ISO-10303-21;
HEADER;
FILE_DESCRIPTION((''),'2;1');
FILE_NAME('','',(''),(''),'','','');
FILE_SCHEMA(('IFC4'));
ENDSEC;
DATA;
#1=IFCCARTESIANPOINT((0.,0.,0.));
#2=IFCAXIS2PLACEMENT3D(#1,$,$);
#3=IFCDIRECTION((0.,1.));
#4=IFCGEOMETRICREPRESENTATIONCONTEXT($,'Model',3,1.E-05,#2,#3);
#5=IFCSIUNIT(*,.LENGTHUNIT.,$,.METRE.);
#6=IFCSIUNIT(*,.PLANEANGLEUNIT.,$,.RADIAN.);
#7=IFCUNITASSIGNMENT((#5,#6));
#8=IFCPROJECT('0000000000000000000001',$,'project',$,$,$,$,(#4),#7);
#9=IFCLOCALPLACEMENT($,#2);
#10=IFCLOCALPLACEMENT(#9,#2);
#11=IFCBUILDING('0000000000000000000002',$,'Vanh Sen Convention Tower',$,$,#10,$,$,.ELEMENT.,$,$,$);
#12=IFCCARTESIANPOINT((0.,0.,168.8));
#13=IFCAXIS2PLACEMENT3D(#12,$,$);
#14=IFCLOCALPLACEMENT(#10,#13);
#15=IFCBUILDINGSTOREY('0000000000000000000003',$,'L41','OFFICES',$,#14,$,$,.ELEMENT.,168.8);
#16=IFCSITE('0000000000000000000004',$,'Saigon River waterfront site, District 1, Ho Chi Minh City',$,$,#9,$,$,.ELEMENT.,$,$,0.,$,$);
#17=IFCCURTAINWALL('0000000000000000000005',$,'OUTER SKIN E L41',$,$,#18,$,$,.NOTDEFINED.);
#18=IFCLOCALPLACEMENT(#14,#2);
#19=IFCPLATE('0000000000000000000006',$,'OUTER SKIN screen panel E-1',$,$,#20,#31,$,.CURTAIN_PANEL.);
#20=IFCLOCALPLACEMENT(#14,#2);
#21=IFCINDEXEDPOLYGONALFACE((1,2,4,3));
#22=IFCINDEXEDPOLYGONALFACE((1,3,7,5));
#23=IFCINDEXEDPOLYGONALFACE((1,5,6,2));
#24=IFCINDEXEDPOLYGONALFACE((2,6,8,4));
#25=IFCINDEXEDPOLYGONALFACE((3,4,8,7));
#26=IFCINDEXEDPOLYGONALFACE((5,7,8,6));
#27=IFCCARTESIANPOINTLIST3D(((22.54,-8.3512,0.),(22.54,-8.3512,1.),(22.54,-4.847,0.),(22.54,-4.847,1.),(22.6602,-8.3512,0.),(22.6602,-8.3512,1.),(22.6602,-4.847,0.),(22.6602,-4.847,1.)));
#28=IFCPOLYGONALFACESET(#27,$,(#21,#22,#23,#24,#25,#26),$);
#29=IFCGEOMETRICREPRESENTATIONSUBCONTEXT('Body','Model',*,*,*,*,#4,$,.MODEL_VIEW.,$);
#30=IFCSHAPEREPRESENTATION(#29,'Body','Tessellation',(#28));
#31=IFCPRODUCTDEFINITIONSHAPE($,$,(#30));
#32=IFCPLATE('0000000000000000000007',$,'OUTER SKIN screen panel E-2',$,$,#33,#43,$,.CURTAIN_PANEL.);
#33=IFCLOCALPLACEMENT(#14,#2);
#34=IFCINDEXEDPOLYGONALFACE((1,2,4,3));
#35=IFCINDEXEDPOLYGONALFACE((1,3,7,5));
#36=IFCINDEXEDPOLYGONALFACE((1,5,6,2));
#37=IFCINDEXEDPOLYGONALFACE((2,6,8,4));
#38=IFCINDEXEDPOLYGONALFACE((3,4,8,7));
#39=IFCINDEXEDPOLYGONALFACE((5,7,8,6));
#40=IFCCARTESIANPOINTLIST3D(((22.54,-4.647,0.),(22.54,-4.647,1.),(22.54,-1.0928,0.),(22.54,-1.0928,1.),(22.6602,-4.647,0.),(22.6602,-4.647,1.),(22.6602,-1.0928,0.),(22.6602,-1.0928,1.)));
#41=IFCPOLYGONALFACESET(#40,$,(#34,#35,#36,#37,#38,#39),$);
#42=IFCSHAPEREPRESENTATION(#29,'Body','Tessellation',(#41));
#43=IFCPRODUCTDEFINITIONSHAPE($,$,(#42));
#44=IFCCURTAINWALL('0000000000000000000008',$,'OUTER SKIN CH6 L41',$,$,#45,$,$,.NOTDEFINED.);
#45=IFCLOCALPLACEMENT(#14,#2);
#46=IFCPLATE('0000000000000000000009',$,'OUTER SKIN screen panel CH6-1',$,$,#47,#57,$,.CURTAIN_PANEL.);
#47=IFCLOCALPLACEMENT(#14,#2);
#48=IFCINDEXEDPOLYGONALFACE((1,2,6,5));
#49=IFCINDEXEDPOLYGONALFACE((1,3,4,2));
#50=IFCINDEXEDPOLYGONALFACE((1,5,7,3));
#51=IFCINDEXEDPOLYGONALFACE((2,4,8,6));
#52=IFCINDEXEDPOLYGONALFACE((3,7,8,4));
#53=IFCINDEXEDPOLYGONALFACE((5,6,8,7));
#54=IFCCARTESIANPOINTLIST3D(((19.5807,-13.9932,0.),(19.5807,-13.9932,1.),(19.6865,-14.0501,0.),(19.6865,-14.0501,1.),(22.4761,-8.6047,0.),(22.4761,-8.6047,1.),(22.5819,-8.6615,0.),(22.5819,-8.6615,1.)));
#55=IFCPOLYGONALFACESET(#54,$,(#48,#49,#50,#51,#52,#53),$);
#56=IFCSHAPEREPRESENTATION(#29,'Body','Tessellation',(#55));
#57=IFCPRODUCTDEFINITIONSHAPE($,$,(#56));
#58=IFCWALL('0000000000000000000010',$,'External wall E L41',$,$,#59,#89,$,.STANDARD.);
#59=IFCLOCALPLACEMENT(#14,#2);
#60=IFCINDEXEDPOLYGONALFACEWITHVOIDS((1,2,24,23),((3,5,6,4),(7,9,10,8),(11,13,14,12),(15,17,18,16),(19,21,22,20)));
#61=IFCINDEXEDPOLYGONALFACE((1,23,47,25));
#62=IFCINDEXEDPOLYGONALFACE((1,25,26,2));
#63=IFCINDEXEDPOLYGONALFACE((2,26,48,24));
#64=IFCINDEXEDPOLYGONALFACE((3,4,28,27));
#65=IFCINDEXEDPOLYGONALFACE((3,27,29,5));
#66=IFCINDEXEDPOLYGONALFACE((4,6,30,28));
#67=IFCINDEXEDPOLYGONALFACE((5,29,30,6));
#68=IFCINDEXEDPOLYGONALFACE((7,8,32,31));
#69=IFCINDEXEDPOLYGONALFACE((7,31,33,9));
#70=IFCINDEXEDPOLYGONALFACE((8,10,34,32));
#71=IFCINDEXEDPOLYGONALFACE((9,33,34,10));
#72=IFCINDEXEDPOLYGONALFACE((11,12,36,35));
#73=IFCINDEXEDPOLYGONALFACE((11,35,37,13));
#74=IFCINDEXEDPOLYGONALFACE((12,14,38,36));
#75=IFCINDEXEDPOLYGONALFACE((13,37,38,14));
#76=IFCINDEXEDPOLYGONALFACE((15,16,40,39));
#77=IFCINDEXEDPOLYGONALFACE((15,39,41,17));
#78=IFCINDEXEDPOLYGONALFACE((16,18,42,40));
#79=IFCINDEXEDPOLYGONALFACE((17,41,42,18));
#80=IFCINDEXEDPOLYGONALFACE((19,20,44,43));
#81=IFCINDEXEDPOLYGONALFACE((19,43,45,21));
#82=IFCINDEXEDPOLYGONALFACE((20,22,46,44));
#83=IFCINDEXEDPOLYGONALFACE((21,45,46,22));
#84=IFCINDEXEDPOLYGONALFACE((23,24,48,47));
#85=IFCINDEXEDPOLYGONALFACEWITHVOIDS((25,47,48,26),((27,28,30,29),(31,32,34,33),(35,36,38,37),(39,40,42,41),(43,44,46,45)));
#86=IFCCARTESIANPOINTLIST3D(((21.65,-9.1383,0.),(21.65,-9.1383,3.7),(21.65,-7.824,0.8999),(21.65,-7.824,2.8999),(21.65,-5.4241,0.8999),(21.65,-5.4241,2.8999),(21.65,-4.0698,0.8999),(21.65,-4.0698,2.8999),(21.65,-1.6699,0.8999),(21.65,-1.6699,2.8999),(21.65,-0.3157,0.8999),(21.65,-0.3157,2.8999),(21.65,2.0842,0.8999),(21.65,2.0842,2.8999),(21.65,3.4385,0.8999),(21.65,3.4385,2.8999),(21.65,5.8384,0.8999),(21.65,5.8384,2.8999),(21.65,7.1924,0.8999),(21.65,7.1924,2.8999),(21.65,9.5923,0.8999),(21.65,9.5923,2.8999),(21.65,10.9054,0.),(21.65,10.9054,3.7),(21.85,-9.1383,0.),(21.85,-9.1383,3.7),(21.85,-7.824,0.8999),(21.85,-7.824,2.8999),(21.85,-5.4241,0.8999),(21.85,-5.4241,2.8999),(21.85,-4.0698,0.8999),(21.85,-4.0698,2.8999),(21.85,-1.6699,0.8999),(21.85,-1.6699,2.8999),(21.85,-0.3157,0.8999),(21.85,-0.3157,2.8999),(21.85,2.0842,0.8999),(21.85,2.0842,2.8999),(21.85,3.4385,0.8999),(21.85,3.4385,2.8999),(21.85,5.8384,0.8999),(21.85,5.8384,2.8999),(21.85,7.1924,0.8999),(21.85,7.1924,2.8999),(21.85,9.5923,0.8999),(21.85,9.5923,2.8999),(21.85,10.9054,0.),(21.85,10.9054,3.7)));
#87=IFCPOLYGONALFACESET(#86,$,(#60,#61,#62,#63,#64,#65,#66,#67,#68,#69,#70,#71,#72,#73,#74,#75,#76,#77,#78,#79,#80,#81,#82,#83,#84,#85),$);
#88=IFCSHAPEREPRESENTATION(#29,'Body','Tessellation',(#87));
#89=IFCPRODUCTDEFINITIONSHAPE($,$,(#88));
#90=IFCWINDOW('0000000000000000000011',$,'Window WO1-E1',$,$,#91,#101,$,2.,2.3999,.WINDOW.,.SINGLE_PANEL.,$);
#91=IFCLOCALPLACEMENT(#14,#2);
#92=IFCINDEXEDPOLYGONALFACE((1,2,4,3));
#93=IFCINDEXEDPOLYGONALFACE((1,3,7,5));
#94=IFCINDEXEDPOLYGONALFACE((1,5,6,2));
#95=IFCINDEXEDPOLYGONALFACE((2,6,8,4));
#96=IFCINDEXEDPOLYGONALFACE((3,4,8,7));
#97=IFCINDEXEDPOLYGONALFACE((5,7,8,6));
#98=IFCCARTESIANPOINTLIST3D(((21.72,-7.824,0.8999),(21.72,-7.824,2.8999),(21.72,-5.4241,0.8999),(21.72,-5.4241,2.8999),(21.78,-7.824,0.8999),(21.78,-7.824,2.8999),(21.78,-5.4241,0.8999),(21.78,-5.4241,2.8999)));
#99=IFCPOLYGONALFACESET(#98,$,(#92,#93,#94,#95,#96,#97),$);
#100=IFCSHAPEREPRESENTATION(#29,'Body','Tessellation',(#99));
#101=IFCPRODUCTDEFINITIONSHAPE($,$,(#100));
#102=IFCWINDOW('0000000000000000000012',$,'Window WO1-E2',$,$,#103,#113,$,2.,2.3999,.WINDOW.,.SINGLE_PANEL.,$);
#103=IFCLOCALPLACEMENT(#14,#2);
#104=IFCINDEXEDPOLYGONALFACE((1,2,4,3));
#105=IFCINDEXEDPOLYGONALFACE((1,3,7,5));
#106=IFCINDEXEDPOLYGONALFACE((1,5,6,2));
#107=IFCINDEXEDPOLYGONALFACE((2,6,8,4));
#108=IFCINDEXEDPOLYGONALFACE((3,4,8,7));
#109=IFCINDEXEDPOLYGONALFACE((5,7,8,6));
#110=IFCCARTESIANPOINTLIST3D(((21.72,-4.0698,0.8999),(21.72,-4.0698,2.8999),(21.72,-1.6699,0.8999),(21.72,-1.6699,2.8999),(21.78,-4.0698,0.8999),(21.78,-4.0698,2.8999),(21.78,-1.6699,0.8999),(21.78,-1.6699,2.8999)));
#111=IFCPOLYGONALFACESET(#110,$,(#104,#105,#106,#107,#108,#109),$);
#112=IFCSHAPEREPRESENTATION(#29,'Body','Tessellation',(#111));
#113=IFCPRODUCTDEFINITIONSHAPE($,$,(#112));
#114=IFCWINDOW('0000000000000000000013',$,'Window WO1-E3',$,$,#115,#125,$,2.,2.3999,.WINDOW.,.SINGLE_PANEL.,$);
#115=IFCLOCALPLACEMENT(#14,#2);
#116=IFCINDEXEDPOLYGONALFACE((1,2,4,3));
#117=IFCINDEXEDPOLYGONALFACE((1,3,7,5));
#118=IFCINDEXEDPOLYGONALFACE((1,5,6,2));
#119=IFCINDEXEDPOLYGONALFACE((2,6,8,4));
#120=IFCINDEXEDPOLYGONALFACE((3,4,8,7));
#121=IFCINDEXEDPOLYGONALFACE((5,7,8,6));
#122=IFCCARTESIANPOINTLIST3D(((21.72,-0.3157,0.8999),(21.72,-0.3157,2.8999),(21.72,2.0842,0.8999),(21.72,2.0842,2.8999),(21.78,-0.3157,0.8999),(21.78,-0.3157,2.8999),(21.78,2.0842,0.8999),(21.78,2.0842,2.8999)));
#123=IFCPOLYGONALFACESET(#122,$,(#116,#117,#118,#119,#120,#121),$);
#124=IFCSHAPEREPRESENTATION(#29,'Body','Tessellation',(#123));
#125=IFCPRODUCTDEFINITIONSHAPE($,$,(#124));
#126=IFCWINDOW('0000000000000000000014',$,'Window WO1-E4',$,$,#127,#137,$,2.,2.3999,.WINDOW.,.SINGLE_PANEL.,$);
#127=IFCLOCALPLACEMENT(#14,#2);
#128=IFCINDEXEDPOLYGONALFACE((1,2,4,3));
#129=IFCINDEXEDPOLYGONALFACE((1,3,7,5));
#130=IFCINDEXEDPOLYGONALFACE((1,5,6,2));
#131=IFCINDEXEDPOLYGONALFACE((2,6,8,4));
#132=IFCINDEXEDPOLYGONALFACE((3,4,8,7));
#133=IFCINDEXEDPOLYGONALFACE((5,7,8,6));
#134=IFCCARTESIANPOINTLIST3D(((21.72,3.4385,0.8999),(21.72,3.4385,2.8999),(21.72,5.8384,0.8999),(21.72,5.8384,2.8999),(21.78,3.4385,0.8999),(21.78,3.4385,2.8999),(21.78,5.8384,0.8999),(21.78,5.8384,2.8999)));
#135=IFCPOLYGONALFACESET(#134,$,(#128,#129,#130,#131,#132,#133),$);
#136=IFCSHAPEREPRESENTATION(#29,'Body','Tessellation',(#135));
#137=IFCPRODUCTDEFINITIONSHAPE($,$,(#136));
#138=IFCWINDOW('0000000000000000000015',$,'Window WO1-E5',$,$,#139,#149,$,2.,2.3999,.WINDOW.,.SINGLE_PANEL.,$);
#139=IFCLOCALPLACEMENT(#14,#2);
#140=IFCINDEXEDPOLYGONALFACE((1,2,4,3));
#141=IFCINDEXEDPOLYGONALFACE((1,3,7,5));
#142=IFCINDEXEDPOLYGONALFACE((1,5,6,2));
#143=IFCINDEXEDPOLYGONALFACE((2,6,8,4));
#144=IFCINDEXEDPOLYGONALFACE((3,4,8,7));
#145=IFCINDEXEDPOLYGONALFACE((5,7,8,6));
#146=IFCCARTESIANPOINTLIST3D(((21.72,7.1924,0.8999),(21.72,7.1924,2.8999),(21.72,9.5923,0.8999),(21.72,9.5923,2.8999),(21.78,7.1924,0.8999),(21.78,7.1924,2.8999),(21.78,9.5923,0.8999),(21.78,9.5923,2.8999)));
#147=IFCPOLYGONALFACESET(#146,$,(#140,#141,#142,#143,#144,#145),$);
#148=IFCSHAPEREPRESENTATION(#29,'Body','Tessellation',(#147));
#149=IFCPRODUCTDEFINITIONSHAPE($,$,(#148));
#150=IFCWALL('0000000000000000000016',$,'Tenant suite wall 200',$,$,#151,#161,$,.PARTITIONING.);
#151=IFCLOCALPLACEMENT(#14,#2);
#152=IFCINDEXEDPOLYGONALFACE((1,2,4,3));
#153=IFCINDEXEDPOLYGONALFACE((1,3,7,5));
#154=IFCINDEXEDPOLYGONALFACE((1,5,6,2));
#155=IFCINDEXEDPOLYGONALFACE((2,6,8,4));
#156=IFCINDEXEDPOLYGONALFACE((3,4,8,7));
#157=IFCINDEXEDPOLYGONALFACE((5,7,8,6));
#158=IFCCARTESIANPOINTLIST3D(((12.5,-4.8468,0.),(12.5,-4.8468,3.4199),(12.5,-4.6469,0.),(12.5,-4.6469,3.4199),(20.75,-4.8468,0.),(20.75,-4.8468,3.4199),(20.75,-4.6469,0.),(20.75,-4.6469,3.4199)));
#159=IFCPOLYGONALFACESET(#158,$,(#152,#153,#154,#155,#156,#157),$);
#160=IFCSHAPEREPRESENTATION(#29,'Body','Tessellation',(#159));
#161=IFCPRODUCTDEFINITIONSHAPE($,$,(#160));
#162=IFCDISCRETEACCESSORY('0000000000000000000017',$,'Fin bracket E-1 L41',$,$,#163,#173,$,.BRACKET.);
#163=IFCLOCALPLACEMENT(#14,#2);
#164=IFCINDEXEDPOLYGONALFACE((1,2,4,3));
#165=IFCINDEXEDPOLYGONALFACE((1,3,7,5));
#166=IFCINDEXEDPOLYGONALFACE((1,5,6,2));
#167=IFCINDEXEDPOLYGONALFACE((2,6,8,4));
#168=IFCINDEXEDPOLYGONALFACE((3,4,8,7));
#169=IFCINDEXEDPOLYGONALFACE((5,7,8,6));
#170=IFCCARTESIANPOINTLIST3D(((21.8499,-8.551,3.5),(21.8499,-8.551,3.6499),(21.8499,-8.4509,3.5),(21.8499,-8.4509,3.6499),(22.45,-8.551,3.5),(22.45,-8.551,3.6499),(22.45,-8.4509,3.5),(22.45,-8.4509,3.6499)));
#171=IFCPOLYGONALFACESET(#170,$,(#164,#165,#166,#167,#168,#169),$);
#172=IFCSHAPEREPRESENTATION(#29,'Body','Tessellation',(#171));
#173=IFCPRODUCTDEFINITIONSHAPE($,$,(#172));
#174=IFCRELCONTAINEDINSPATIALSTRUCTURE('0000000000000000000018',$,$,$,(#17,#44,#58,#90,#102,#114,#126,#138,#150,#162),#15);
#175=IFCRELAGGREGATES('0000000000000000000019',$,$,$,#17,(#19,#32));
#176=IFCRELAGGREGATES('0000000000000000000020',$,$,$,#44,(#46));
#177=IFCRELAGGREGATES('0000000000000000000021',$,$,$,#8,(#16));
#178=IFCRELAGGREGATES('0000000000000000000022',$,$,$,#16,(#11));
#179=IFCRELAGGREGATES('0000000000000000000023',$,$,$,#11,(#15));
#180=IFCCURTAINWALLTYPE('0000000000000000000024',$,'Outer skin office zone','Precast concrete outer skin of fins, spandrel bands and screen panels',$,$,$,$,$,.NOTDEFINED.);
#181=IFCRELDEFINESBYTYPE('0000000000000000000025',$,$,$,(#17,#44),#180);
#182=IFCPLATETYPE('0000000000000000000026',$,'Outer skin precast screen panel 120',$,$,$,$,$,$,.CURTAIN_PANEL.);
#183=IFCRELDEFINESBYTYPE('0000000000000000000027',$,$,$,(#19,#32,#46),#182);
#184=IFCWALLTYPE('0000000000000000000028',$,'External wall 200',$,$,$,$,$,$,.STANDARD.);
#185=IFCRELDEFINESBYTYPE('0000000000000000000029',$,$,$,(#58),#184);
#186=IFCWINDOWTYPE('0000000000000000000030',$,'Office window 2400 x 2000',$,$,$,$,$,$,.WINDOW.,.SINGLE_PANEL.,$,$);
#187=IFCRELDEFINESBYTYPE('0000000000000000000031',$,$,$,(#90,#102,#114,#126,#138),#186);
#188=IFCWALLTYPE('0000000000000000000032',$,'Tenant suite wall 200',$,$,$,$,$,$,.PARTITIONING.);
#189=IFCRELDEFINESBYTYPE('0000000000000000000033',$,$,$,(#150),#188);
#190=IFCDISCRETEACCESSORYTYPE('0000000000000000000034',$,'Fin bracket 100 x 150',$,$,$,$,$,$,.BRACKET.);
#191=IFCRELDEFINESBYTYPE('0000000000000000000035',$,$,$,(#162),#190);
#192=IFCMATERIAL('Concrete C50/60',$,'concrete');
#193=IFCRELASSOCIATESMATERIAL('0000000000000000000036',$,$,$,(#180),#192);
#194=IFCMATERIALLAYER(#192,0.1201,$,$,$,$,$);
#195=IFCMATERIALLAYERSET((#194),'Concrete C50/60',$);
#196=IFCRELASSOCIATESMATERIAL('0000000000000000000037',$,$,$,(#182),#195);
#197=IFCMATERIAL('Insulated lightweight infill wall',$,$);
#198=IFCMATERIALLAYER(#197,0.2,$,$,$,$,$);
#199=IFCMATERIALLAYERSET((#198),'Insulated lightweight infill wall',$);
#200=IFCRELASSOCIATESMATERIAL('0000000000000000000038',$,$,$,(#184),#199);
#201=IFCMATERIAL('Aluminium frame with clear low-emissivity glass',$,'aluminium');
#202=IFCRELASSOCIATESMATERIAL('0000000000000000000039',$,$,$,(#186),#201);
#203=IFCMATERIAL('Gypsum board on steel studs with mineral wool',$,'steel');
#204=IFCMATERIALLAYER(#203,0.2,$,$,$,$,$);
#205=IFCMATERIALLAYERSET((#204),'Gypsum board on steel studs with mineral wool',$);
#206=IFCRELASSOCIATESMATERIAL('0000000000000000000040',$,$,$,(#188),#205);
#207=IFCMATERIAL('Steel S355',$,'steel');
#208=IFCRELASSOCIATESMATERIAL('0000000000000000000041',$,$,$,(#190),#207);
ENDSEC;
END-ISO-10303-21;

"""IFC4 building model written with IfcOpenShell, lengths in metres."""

from ifc_helpers import new_model, si_unit, direction, frame, frame_2d, origin, origin_2d, place, context, subcontext, project, spatial, rectangle, extrude, material, layer, layer_set, type_object, element, fill, aggregate, save


model = new_model("IFC4")

# Units and contexts
model_context = context("Model", 3, precision=1e-05, world=origin(), true_north=direction((0.0, 1.0)))
body_context = subcontext(model_context, "Body", "Model", "MODEL_VIEW")
ifc_project = project(units=[si_unit("LENGTHUNIT", "METRE"), si_unit("PLANEANGLEUNIT", "RADIAN")], contexts=[model_context])

# Site, building, storey
site_placement = place(None, origin())
site = spatial("IfcSite", under=ifc_project, at=site_placement, Name="Saigon River waterfront site, District 1, Ho Chi Minh City", CompositionType="ELEMENT", RefElevation=0.0)
building_placement = place(site_placement, origin())
building = spatial("IfcBuilding", under=site, at=building_placement, Name="Vanh Sen Convention Tower", CompositionType="ELEMENT")
storey_placement = place(building_placement, frame((0.0, 0.0, 168.8)))
storey = spatial("IfcBuildingStorey", under=building, at=storey_placement, Name="L41", Description="OFFICES", CompositionType="ELEMENT", Elevation=168.8)

# Curtain wall
ifc_material_1 = material(Name="Concrete C50/60", Category="concrete")
curtain_wall_type = type_object("IfcCurtainWallType", Name="Outer skin office zone", Description="Precast concrete outer skin of fins, spandrel bands and screen panels", PredefinedType="NOTDEFINED", material=ifc_material_1)
curtain_wall_1_placement = place(storey_placement, origin())
curtain_wall_1 = element("IfcCurtainWall", 1, at=curtain_wall_1_placement, inside=storey, type_object=curtain_wall_type, Name="OUTER SKIN E L41", PredefinedType="NOTDEFINED")

# Plates
ifc_layer_1 = layer(ifc_material_1, 0.1201)
ifc_layer_set_1 = layer_set([ifc_layer_1], Name="Concrete C50/60")
plate_type = type_object("IfcPlateType", Name="Outer skin precast screen panel 120", PredefinedType="CURTAIN_PANEL", material=ifc_layer_set_1)
plate_1_placement = place(storey_placement, frame((22.6001, -6.5991, 0.0), z_axis=(0.0, 0.0, 1.0), x_axis=(0.0, 1.0, 0.0)))
plate_1 = element("IfcPlate", 2, at=plate_1_placement, type_object=plate_type, Name="OUTER SKIN screen panel E-1", PredefinedType="CURTAIN_PANEL", context=body_context, shape_type="SweptSolid", body=[
    extrude(rectangle(XDim=3.5042, YDim=0.1201, at=origin_2d()), origin(), (0.0, 0.0, 1.0), 1.0),
])
plate_2_placement = place(storey_placement, frame((22.6001, -2.8699, 0.0), z_axis=(0.0, 0.0, 1.0), x_axis=(0.0, 1.0, 0.0)))
plate_2 = element("IfcPlate", 3, at=plate_2_placement, type_object=plate_type, Name="OUTER SKIN screen panel E-2", PredefinedType="CURTAIN_PANEL", context=body_context, shape_type="SweptSolid", body=[
    extrude(rectangle(XDim=3.5542, YDim=0.1201, at=origin_2d()), origin(), (0.0, 0.0, 1.0), 1.0),
])
aggregate(curtain_wall_1, [plate_1, plate_2])

# Curtain wall, plate
curtain_wall_2_placement = place(storey_placement, origin())
curtain_wall_2 = element("IfcCurtainWall", 4, at=curtain_wall_2_placement, inside=storey, type_object=curtain_wall_type, Name="OUTER SKIN CH6 L41", PredefinedType="NOTDEFINED")
plate_3_placement = place(storey_placement, frame((21.0813, -11.3274, 0.0), z_axis=(0.0, 0.0, 1.0), x_axis=(0.473321, 0.88089, 0.0)))
plate_3 = element("IfcPlate", 5, at=plate_3_placement, type_object=plate_type, Name="OUTER SKIN screen panel CH6-1", PredefinedType="CURTAIN_PANEL", context=body_context, shape_type="SweptSolid", body=[
    extrude(rectangle(XDim=6.1172, YDim=0.1201, at=origin_2d()), origin(), (0.0, 0.0, 1.0), 1.0),
])
aggregate(curtain_wall_2, [plate_3])

# Wall, openings, windows
ifc_material_2 = material(Name="Insulated lightweight infill wall")
ifc_layer_2 = layer(ifc_material_2, 0.2)
ifc_layer_set_2 = layer_set([ifc_layer_2], Name="Insulated lightweight infill wall")
wall_type_1 = type_object("IfcWallType", Name="External wall 200", PredefinedType="STANDARD", material=ifc_layer_set_2)
wall_1_placement = place(storey_placement, frame((21.75, -9.1384, 0.0), z_axis=(0.0, 0.0, 1.0), x_axis=(0.0, 1.0, 0.0)))
wall_1 = element("IfcWall", 6, at=wall_1_placement, inside=storey, type_object=wall_type_1, Name="External wall E L41", PredefinedType="STANDARD", context=body_context, shape_type="SweptSolid", body=[
    extrude(rectangle(XDim=20.0437, YDim=0.2, at=frame_2d((10.022, 0.0))), origin(), (0.0, 0.0, 1.0), 3.7),
])
opening_1_placement = place(wall_1_placement, frame((1.3145, 0.0, 0.8999)))
opening_1 = element("IfcOpeningElement", 7, at=opening_1_placement, cuts=wall_1, PredefinedType="OPENING", context=body_context, shape_type="SweptSolid", body=[
    extrude(rectangle(XDim=2.3999, YDim=2.0, at=frame_2d((1.2, 1.0))), frame((0.0, 0.1099, 0.0), z_axis=(0.0, -1.0, 0.0), x_axis=(1.0, 0.0, 0.0)), (0.0, 0.0, 1.0), 0.22),
])
opening_2_placement = place(wall_1_placement, frame((5.0686, 0.0, 0.8999)))
opening_2 = element("IfcOpeningElement", 8, at=opening_2_placement, cuts=wall_1, PredefinedType="OPENING", context=body_context, shape_type="SweptSolid", body=[
    extrude(rectangle(XDim=2.3999, YDim=2.0, at=frame_2d((1.2, 1.0))), frame((0.0, 0.1099, 0.0), z_axis=(0.0, -1.0, 0.0), x_axis=(1.0, 0.0, 0.0)), (0.0, 0.0, 1.0), 0.22),
])
opening_3_placement = place(wall_1_placement, frame((8.8228, 0.0, 0.8999)))
opening_3 = element("IfcOpeningElement", 9, at=opening_3_placement, cuts=wall_1, PredefinedType="OPENING", context=body_context, shape_type="SweptSolid", body=[
    extrude(rectangle(XDim=2.3999, YDim=2.0, at=frame_2d((1.2, 1.0))), frame((0.0, 0.1099, 0.0), z_axis=(0.0, -1.0, 0.0), x_axis=(1.0, 0.0, 0.0)), (0.0, 0.0, 1.0), 0.22),
])
opening_4_placement = place(wall_1_placement, frame((12.5769, 0.0, 0.8999)))
opening_4 = element("IfcOpeningElement", 10, at=opening_4_placement, cuts=wall_1, PredefinedType="OPENING", context=body_context, shape_type="SweptSolid", body=[
    extrude(rectangle(XDim=2.3999, YDim=2.0, at=frame_2d((1.2, 1.0))), frame((0.0, 0.1099, 0.0), z_axis=(0.0, -1.0, 0.0), x_axis=(1.0, 0.0, 0.0)), (0.0, 0.0, 1.0), 0.22),
])
opening_5_placement = place(wall_1_placement, frame((16.3308, 0.0, 0.8999)))
opening_5 = element("IfcOpeningElement", 11, at=opening_5_placement, cuts=wall_1, PredefinedType="OPENING", context=body_context, shape_type="SweptSolid", body=[
    extrude(rectangle(XDim=2.3999, YDim=2.0, at=frame_2d((1.2, 1.0))), frame((0.0, 0.1099, 0.0), z_axis=(0.0, -1.0, 0.0), x_axis=(1.0, 0.0, 0.0)), (0.0, 0.0, 1.0), 0.22),
])
ifc_material_3 = material(Name="Aluminium frame with clear low-emissivity glass", Category="aluminium")
window_type = type_object("IfcWindowType", Name="Office window 2400 x 2000", PartitioningType="SINGLE_PANEL", PredefinedType="WINDOW", material=ifc_material_3)
window_1_placement = place(opening_1_placement, origin())
window_1 = element("IfcWindow", 12, at=window_1_placement, inside=storey, type_object=window_type, Name="Window WO1-E1", OverallHeight=2.0, OverallWidth=2.3999, PartitioningType="SINGLE_PANEL", PredefinedType="WINDOW", context=body_context, shape_type="SweptSolid", body=[
    extrude(rectangle(XDim=2.3999, YDim=2.0, at=frame_2d((1.2, 1.0))), frame((0.0, 0.03, 0.0), z_axis=(0.0, -1.0, 0.0), x_axis=(1.0, 0.0, 0.0)), (0.0, 0.0, 1.0), 0.0601),
])
fill(opening_1, window_1)
window_2_placement = place(opening_2_placement, origin())
window_2 = element("IfcWindow", 13, at=window_2_placement, inside=storey, type_object=window_type, Name="Window WO1-E2", OverallHeight=2.0, OverallWidth=2.3999, PartitioningType="SINGLE_PANEL", PredefinedType="WINDOW", context=body_context, shape_type="SweptSolid", body=[
    extrude(rectangle(XDim=2.3999, YDim=2.0, at=frame_2d((1.2, 1.0))), frame((0.0, 0.03, 0.0), z_axis=(0.0, -1.0, 0.0), x_axis=(1.0, 0.0, 0.0)), (0.0, 0.0, 1.0), 0.0601),
])
fill(opening_2, window_2)
window_3_placement = place(opening_3_placement, origin())
window_3 = element("IfcWindow", 14, at=window_3_placement, inside=storey, type_object=window_type, Name="Window WO1-E3", OverallHeight=2.0, OverallWidth=2.3999, PartitioningType="SINGLE_PANEL", PredefinedType="WINDOW", context=body_context, shape_type="SweptSolid", body=[
    extrude(rectangle(XDim=2.3999, YDim=2.0, at=frame_2d((1.2, 1.0))), frame((0.0, 0.03, 0.0), z_axis=(0.0, -1.0, 0.0), x_axis=(1.0, 0.0, 0.0)), (0.0, 0.0, 1.0), 0.0601),
])
fill(opening_3, window_3)
window_4_placement = place(opening_4_placement, origin())
window_4 = element("IfcWindow", 15, at=window_4_placement, inside=storey, type_object=window_type, Name="Window WO1-E4", OverallHeight=2.0, OverallWidth=2.3999, PartitioningType="SINGLE_PANEL", PredefinedType="WINDOW", context=body_context, shape_type="SweptSolid", body=[
    extrude(rectangle(XDim=2.3999, YDim=2.0, at=frame_2d((1.2, 1.0))), frame((0.0, 0.03, 0.0), z_axis=(0.0, -1.0, 0.0), x_axis=(1.0, 0.0, 0.0)), (0.0, 0.0, 1.0), 0.0601),
])
fill(opening_4, window_4)
window_5_placement = place(opening_5_placement, origin())
window_5 = element("IfcWindow", 16, at=window_5_placement, inside=storey, type_object=window_type, Name="Window WO1-E5", OverallHeight=2.0, OverallWidth=2.3999, PartitioningType="SINGLE_PANEL", PredefinedType="WINDOW", context=body_context, shape_type="SweptSolid", body=[
    extrude(rectangle(XDim=2.3999, YDim=2.0, at=frame_2d((1.2, 1.0))), frame((0.0, 0.03, 0.0), z_axis=(0.0, -1.0, 0.0), x_axis=(1.0, 0.0, 0.0)), (0.0, 0.0, 1.0), 0.0601),
])
fill(opening_5, window_5)

# Wall
ifc_material_4 = material(Name="Gypsum board on steel studs with mineral wool", Category="steel")
ifc_layer_3 = layer(ifc_material_4, 0.2)
ifc_layer_set_3 = layer_set([ifc_layer_3], Name="Gypsum board on steel studs with mineral wool")
wall_type_2 = type_object("IfcWallType", Name="Tenant suite wall 200", PredefinedType="PARTITIONING", material=ifc_layer_set_3)
wall_2_placement = place(storey_placement, frame((20.75, -4.7468, 0.0), z_axis=(0.0, 0.0, 1.0), x_axis=(-1.0, 0.0, 0.0)))
element("IfcWall", 17, at=wall_2_placement, inside=storey, type_object=wall_type_2, Name="Tenant suite wall 200", PredefinedType="PARTITIONING", context=body_context, shape_type="SweptSolid", body=[
    extrude(rectangle(XDim=8.25, YDim=0.2, at=frame_2d((4.125, 0.0))), origin(), (0.0, 0.0, 1.0), 3.4199),
])

# Discrete accessory
ifc_material_5 = material(Name="Steel S355", Category="steel")
discrete_accessory_type = type_object("IfcDiscreteAccessoryType", Name="Fin bracket 100 x 150", PredefinedType="BRACKET", material=ifc_material_5)
for number, where, z_axis, x_axis, name in (
    (18, (22.1499, -8.501, 3.5), (0.0, 0.0, 1.0), (1.0, 0.0, 0.0), "Fin bracket E-1 L41"),
):
    element("IfcDiscreteAccessory", number, at=place(storey_placement, frame(where, z_axis=z_axis, x_axis=x_axis)), inside=storey, type_object=discrete_accessory_type, Name=name, PredefinedType="BRACKET", context=body_context, shape_type="SweptSolid", body=[
        extrude(rectangle(XDim=0.6001, YDim=0.1001, at=origin_2d()), origin(), (0.0, 0.0, 1.0), 0.1499),
    ])

save(model, "model.ifc")
